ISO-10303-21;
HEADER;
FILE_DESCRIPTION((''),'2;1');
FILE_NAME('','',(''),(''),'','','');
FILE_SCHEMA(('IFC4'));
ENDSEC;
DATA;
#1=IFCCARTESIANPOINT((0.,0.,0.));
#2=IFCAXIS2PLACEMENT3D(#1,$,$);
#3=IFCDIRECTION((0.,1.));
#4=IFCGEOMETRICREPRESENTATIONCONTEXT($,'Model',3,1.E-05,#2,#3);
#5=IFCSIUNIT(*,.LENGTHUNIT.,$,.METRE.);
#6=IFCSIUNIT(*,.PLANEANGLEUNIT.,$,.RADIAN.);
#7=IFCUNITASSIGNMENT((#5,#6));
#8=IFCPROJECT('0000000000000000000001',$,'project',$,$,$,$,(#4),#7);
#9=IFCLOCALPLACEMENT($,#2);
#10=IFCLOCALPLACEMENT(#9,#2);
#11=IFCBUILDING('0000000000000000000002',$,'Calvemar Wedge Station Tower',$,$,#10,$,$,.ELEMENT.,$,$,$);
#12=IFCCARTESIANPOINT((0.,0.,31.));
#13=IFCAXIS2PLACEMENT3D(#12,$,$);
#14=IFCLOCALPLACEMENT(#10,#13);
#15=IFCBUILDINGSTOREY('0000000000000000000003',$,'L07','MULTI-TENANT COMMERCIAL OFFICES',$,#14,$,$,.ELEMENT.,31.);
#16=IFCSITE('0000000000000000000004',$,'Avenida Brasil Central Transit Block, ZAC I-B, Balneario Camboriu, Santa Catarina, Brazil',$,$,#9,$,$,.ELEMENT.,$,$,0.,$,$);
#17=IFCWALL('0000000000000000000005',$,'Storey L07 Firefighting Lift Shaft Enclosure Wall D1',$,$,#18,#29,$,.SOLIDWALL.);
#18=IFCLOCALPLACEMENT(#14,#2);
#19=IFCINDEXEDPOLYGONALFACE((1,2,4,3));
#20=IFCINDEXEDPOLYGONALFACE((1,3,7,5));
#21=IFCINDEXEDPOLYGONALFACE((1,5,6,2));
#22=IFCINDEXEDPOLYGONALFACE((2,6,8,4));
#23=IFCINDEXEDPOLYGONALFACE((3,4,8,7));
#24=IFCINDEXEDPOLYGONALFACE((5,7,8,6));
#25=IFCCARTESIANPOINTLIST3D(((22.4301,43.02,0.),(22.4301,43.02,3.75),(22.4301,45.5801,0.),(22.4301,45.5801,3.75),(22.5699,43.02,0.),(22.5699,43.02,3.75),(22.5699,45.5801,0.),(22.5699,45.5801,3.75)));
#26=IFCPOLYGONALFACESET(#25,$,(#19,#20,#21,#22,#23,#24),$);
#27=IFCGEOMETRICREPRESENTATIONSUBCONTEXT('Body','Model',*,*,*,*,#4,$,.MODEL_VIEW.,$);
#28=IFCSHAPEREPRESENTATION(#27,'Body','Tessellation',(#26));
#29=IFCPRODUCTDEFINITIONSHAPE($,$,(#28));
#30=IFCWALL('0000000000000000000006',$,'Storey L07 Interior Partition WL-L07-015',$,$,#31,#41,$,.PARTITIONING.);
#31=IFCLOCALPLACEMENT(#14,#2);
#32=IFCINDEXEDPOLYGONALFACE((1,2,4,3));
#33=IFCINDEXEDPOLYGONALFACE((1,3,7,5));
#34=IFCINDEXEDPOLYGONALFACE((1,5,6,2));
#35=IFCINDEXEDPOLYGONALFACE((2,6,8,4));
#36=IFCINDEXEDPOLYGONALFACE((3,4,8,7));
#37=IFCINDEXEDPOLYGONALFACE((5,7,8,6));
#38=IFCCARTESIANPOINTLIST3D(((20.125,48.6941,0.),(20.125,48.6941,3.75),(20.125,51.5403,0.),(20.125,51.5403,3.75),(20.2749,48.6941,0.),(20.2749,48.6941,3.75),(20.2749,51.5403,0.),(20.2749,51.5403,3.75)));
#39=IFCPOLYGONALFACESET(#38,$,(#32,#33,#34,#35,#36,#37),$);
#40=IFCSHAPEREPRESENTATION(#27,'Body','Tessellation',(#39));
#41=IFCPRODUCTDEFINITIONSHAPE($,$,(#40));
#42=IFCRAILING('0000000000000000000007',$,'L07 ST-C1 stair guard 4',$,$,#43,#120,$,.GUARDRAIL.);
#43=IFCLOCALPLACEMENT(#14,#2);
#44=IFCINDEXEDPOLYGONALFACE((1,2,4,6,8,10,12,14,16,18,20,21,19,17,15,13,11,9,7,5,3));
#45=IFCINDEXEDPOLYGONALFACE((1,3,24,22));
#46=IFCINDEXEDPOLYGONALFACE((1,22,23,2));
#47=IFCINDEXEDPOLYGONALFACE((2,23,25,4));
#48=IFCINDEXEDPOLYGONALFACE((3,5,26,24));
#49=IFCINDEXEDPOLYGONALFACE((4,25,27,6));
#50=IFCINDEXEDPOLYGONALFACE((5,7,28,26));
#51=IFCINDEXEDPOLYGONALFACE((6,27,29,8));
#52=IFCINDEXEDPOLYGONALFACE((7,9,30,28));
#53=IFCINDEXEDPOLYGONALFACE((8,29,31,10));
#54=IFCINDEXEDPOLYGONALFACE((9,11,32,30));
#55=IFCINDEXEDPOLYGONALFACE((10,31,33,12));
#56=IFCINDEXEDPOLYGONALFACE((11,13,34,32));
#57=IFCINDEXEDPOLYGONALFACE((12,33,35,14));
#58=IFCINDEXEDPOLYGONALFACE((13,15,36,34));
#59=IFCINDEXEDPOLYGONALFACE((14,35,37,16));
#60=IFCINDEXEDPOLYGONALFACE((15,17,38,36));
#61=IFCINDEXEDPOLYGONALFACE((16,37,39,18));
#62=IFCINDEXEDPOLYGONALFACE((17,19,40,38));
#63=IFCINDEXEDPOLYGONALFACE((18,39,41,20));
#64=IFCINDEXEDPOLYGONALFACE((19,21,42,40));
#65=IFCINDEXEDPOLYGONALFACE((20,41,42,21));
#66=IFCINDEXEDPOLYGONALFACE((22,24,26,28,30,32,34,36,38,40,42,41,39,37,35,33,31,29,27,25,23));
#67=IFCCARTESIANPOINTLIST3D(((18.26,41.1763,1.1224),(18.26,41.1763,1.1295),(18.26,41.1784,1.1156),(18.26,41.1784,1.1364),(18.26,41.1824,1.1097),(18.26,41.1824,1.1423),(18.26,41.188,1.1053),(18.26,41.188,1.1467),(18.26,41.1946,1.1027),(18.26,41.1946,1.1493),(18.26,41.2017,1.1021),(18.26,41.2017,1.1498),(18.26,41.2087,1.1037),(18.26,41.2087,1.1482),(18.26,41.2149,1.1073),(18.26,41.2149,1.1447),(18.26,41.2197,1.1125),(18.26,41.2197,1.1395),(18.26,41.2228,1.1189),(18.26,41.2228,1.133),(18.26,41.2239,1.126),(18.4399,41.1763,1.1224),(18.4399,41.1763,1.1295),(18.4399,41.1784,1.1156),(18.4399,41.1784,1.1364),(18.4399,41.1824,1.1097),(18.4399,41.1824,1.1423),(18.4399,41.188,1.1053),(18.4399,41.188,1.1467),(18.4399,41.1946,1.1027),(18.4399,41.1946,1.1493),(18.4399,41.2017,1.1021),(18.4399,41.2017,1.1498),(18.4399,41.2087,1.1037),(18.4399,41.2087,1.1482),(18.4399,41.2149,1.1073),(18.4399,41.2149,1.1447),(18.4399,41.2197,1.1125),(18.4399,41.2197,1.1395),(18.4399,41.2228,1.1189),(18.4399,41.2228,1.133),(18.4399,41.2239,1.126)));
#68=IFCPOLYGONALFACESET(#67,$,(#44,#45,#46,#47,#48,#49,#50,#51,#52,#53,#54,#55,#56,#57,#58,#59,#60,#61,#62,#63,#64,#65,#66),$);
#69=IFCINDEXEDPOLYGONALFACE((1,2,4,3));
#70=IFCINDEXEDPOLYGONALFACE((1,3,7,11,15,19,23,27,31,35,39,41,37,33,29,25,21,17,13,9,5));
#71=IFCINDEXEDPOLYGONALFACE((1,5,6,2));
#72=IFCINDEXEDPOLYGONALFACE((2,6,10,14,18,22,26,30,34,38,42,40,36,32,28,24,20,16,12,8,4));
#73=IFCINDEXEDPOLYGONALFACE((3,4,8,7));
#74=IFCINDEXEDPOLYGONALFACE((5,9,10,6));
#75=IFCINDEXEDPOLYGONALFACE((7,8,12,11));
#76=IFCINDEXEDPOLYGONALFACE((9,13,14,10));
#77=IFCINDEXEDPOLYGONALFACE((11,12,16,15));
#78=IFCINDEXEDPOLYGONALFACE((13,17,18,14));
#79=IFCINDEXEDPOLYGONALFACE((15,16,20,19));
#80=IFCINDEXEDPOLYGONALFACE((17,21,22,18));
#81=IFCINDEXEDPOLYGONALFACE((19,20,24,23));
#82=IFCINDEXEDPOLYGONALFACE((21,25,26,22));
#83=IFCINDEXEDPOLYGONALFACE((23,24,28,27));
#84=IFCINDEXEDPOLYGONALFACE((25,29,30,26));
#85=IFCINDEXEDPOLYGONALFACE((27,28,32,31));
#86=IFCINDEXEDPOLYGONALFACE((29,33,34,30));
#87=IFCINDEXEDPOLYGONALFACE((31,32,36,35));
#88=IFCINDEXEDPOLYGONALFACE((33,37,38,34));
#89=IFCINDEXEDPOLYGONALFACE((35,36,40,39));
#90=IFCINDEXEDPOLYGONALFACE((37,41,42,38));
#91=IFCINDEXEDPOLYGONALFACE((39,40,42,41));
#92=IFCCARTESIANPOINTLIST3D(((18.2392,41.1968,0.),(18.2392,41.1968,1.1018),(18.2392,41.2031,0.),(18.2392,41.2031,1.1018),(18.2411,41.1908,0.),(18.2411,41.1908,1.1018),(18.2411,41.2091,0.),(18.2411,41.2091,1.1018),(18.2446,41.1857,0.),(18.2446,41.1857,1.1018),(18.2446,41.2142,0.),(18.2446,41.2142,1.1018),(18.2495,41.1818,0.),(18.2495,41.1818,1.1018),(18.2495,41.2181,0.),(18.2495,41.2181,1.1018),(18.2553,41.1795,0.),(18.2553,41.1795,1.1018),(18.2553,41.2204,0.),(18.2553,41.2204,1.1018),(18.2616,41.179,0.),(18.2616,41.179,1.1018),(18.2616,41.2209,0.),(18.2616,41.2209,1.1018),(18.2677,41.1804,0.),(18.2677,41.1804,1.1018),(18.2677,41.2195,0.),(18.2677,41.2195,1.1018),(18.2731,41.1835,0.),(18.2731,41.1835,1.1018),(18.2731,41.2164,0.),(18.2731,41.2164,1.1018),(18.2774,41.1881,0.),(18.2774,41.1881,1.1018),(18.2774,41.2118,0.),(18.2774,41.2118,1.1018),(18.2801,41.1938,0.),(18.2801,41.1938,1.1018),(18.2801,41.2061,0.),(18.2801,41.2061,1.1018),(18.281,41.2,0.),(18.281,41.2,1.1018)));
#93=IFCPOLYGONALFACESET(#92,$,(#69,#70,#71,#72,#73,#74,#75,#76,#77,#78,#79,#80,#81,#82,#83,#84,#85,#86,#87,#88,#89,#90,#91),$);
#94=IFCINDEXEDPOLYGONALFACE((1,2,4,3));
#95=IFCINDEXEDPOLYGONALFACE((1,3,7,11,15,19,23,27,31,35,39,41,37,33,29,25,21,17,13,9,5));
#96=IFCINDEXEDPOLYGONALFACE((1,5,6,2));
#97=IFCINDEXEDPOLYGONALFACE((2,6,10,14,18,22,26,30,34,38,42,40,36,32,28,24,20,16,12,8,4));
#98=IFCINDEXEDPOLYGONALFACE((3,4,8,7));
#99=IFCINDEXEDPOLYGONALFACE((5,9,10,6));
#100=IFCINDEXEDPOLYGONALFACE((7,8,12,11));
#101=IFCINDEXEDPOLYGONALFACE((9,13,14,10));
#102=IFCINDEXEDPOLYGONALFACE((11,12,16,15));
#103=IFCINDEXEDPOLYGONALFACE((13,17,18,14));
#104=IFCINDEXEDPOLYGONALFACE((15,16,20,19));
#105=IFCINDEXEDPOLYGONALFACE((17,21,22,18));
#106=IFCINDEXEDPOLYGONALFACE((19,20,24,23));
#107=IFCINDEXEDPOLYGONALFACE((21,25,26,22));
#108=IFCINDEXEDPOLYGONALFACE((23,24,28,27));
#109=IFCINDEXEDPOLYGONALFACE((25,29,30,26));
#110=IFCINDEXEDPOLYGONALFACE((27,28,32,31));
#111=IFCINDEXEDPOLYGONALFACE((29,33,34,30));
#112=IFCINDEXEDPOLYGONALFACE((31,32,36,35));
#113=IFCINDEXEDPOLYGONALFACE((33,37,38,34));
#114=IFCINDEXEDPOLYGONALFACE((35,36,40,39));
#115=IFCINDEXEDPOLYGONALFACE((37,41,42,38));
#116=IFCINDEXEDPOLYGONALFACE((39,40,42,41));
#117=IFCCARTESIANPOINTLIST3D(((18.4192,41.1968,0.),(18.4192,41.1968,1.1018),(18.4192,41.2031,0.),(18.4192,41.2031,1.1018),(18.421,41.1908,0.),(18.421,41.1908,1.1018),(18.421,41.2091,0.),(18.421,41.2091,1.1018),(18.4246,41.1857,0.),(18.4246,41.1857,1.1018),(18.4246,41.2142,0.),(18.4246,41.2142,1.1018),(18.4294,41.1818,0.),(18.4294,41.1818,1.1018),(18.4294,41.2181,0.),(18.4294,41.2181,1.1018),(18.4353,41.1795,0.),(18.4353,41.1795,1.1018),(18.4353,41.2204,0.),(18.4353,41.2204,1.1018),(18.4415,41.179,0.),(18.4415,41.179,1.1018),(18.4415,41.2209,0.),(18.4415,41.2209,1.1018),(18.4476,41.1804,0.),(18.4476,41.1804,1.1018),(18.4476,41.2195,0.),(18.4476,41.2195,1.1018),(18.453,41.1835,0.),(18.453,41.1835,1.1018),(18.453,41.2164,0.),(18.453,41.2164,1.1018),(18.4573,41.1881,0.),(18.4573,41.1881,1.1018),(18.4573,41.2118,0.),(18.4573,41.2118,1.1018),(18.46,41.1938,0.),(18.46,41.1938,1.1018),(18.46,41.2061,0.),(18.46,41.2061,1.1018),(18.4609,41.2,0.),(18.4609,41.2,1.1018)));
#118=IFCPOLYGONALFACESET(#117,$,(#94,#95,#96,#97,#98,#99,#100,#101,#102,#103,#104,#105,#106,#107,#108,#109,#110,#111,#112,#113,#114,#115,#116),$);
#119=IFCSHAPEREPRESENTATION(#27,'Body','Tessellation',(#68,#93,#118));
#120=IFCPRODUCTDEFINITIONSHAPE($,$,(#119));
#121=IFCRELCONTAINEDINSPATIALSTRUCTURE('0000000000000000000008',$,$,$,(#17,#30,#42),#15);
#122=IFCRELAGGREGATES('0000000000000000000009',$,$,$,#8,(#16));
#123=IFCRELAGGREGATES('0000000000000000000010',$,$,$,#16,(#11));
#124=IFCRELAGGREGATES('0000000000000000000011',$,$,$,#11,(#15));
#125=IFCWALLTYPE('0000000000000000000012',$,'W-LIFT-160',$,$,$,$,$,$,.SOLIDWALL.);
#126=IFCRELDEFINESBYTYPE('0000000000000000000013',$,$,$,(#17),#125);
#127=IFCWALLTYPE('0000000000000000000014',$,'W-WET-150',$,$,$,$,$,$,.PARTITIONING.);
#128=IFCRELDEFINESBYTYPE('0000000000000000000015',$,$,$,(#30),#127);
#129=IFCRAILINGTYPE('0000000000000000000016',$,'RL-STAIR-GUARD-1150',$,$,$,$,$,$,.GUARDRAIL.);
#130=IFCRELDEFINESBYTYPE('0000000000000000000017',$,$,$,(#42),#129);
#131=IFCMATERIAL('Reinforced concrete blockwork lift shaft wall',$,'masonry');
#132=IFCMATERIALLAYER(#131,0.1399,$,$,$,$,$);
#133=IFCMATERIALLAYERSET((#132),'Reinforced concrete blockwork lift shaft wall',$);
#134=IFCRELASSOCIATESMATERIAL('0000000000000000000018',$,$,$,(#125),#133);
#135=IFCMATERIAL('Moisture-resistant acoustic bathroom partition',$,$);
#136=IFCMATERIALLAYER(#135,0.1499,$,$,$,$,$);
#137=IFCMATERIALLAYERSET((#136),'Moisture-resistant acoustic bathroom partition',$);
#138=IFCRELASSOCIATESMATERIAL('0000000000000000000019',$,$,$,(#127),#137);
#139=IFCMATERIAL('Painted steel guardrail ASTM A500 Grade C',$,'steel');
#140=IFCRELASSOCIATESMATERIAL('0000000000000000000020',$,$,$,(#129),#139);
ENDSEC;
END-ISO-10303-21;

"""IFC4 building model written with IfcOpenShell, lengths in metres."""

from ifc_helpers import new_model, si_unit, direction, frame, frame_2d, origin, origin_2d, place, context, subcontext, project, spatial, rectangle, circle, extrude, material, layer, layer_set, type_object, element, save


model = new_model("IFC4")

# Units and contexts
model_context = context("Model", 3, precision=1e-05, world=origin(), true_north=direction((0.0, 1.0)))
body_context = subcontext(model_context, "Body", "Model", "MODEL_VIEW")
ifc_project = project(units=[si_unit("LENGTHUNIT", "METRE"), si_unit("PLANEANGLEUNIT", "RADIAN")], contexts=[model_context])

# Site, building, storey
site_placement = place(None, origin())
site = spatial("IfcSite", under=ifc_project, at=site_placement, Name="Avenida Brasil Central Transit Block, ZAC I-B, Balneario Camboriu, Santa Catarina, Brazil", CompositionType="ELEMENT", RefElevation=0.0)
building_placement = place(site_placement, origin())
building = spatial("IfcBuilding", under=site, at=building_placement, Name="Calvemar Wedge Station Tower", CompositionType="ELEMENT")
storey_placement = place(building_placement, frame((0.0, 0.0, 31.0)))
storey = spatial("IfcBuildingStorey", under=building, at=storey_placement, Name="L07", Description="MULTI-TENANT COMMERCIAL OFFICES", CompositionType="ELEMENT", Elevation=31.0)

# Shared definitions
ifc_material_1 = material(Name="Reinforced concrete blockwork lift shaft wall", Category="masonry")
ifc_layer_1 = layer(ifc_material_1, 0.1399)
ifc_layer_set_1 = layer_set([ifc_layer_1], Name="Reinforced concrete blockwork lift shaft wall")
wall_type_1 = type_object("IfcWallType", Name="W-LIFT-160", PredefinedType="SOLIDWALL", material=ifc_layer_set_1)

# Walls
wall_1_placement = place(storey_placement, frame((22.5, 43.02, 0.0), z_axis=(0.0, 0.0, 1.0), x_axis=(0.0, 1.0, 0.0)))
element("IfcWall", 1, at=wall_1_placement, inside=storey, type_object=wall_type_1, Name="Storey L07 Firefighting Lift Shaft Enclosure Wall D1", PredefinedType="SOLIDWALL", context=body_context, shape_type="SweptSolid", body=[
    extrude(rectangle(XDim=2.5601, YDim=0.1399, at=frame_2d((1.28, 0.0))), origin(), (0.0, 0.0, 1.0), 3.75),
])
ifc_material_2 = material(Name="Moisture-resistant acoustic bathroom partition")
ifc_layer_2 = layer(ifc_material_2, 0.1499)
ifc_layer_set_2 = layer_set([ifc_layer_2], Name="Moisture-resistant acoustic bathroom partition")
wall_type_2 = type_object("IfcWallType", Name="W-WET-150", PredefinedType="PARTITIONING", material=ifc_layer_set_2)
wall_2_placement = place(storey_placement, frame((20.2, 51.5403, 0.0), z_axis=(0.0, 0.0, 1.0), x_axis=(0.0, -1.0, 0.0)))
element("IfcWall", 2, at=wall_2_placement, inside=storey, type_object=wall_type_2, Name="Storey L07 Interior Partition WL-L07-015", PredefinedType="PARTITIONING", context=body_context, shape_type="SweptSolid", body=[
    extrude(rectangle(XDim=2.8462, YDim=0.1499, at=frame_2d((1.4231, 0.0))), origin(), (0.0, 0.0, 1.0), 3.75),
])

# Railing
ifc_material_3 = material(Name="Painted steel guardrail ASTM A500 Grade C", Category="steel")
railing_type = type_object("IfcRailingType", Name="RL-STAIR-GUARD-1150", PredefinedType="GUARDRAIL", material=ifc_material_3)
railing_placement = place(storey_placement, frame((18.26, 41.2, 0.0)))
element("IfcRailing", 3, at=railing_placement, inside=storey, type_object=railing_type, Name="L07 ST-C1 stair guard 4", PredefinedType="GUARDRAIL", context=body_context, shape_type="SweptSolid", body=[
    extrude(circle(Radius=0.0239, at=origin_2d()), frame((0.0, 0.0, 1.126), z_axis=(1.0, 0.0, 0.0), x_axis=(0.0, 1.0, 0.0)), (0.0, 0.0, 1.0), 0.1799),
    extrude(circle(Radius=0.021, at=origin_2d()), origin(), (0.0, 0.0, 1.0), 1.1018),
    extrude(circle(Radius=0.021, at=origin_2d()), frame((0.1799, 0.0, 0.0)), (0.0, 0.0, 1.0), 1.1018),
])

save(model, "model.ifc")
